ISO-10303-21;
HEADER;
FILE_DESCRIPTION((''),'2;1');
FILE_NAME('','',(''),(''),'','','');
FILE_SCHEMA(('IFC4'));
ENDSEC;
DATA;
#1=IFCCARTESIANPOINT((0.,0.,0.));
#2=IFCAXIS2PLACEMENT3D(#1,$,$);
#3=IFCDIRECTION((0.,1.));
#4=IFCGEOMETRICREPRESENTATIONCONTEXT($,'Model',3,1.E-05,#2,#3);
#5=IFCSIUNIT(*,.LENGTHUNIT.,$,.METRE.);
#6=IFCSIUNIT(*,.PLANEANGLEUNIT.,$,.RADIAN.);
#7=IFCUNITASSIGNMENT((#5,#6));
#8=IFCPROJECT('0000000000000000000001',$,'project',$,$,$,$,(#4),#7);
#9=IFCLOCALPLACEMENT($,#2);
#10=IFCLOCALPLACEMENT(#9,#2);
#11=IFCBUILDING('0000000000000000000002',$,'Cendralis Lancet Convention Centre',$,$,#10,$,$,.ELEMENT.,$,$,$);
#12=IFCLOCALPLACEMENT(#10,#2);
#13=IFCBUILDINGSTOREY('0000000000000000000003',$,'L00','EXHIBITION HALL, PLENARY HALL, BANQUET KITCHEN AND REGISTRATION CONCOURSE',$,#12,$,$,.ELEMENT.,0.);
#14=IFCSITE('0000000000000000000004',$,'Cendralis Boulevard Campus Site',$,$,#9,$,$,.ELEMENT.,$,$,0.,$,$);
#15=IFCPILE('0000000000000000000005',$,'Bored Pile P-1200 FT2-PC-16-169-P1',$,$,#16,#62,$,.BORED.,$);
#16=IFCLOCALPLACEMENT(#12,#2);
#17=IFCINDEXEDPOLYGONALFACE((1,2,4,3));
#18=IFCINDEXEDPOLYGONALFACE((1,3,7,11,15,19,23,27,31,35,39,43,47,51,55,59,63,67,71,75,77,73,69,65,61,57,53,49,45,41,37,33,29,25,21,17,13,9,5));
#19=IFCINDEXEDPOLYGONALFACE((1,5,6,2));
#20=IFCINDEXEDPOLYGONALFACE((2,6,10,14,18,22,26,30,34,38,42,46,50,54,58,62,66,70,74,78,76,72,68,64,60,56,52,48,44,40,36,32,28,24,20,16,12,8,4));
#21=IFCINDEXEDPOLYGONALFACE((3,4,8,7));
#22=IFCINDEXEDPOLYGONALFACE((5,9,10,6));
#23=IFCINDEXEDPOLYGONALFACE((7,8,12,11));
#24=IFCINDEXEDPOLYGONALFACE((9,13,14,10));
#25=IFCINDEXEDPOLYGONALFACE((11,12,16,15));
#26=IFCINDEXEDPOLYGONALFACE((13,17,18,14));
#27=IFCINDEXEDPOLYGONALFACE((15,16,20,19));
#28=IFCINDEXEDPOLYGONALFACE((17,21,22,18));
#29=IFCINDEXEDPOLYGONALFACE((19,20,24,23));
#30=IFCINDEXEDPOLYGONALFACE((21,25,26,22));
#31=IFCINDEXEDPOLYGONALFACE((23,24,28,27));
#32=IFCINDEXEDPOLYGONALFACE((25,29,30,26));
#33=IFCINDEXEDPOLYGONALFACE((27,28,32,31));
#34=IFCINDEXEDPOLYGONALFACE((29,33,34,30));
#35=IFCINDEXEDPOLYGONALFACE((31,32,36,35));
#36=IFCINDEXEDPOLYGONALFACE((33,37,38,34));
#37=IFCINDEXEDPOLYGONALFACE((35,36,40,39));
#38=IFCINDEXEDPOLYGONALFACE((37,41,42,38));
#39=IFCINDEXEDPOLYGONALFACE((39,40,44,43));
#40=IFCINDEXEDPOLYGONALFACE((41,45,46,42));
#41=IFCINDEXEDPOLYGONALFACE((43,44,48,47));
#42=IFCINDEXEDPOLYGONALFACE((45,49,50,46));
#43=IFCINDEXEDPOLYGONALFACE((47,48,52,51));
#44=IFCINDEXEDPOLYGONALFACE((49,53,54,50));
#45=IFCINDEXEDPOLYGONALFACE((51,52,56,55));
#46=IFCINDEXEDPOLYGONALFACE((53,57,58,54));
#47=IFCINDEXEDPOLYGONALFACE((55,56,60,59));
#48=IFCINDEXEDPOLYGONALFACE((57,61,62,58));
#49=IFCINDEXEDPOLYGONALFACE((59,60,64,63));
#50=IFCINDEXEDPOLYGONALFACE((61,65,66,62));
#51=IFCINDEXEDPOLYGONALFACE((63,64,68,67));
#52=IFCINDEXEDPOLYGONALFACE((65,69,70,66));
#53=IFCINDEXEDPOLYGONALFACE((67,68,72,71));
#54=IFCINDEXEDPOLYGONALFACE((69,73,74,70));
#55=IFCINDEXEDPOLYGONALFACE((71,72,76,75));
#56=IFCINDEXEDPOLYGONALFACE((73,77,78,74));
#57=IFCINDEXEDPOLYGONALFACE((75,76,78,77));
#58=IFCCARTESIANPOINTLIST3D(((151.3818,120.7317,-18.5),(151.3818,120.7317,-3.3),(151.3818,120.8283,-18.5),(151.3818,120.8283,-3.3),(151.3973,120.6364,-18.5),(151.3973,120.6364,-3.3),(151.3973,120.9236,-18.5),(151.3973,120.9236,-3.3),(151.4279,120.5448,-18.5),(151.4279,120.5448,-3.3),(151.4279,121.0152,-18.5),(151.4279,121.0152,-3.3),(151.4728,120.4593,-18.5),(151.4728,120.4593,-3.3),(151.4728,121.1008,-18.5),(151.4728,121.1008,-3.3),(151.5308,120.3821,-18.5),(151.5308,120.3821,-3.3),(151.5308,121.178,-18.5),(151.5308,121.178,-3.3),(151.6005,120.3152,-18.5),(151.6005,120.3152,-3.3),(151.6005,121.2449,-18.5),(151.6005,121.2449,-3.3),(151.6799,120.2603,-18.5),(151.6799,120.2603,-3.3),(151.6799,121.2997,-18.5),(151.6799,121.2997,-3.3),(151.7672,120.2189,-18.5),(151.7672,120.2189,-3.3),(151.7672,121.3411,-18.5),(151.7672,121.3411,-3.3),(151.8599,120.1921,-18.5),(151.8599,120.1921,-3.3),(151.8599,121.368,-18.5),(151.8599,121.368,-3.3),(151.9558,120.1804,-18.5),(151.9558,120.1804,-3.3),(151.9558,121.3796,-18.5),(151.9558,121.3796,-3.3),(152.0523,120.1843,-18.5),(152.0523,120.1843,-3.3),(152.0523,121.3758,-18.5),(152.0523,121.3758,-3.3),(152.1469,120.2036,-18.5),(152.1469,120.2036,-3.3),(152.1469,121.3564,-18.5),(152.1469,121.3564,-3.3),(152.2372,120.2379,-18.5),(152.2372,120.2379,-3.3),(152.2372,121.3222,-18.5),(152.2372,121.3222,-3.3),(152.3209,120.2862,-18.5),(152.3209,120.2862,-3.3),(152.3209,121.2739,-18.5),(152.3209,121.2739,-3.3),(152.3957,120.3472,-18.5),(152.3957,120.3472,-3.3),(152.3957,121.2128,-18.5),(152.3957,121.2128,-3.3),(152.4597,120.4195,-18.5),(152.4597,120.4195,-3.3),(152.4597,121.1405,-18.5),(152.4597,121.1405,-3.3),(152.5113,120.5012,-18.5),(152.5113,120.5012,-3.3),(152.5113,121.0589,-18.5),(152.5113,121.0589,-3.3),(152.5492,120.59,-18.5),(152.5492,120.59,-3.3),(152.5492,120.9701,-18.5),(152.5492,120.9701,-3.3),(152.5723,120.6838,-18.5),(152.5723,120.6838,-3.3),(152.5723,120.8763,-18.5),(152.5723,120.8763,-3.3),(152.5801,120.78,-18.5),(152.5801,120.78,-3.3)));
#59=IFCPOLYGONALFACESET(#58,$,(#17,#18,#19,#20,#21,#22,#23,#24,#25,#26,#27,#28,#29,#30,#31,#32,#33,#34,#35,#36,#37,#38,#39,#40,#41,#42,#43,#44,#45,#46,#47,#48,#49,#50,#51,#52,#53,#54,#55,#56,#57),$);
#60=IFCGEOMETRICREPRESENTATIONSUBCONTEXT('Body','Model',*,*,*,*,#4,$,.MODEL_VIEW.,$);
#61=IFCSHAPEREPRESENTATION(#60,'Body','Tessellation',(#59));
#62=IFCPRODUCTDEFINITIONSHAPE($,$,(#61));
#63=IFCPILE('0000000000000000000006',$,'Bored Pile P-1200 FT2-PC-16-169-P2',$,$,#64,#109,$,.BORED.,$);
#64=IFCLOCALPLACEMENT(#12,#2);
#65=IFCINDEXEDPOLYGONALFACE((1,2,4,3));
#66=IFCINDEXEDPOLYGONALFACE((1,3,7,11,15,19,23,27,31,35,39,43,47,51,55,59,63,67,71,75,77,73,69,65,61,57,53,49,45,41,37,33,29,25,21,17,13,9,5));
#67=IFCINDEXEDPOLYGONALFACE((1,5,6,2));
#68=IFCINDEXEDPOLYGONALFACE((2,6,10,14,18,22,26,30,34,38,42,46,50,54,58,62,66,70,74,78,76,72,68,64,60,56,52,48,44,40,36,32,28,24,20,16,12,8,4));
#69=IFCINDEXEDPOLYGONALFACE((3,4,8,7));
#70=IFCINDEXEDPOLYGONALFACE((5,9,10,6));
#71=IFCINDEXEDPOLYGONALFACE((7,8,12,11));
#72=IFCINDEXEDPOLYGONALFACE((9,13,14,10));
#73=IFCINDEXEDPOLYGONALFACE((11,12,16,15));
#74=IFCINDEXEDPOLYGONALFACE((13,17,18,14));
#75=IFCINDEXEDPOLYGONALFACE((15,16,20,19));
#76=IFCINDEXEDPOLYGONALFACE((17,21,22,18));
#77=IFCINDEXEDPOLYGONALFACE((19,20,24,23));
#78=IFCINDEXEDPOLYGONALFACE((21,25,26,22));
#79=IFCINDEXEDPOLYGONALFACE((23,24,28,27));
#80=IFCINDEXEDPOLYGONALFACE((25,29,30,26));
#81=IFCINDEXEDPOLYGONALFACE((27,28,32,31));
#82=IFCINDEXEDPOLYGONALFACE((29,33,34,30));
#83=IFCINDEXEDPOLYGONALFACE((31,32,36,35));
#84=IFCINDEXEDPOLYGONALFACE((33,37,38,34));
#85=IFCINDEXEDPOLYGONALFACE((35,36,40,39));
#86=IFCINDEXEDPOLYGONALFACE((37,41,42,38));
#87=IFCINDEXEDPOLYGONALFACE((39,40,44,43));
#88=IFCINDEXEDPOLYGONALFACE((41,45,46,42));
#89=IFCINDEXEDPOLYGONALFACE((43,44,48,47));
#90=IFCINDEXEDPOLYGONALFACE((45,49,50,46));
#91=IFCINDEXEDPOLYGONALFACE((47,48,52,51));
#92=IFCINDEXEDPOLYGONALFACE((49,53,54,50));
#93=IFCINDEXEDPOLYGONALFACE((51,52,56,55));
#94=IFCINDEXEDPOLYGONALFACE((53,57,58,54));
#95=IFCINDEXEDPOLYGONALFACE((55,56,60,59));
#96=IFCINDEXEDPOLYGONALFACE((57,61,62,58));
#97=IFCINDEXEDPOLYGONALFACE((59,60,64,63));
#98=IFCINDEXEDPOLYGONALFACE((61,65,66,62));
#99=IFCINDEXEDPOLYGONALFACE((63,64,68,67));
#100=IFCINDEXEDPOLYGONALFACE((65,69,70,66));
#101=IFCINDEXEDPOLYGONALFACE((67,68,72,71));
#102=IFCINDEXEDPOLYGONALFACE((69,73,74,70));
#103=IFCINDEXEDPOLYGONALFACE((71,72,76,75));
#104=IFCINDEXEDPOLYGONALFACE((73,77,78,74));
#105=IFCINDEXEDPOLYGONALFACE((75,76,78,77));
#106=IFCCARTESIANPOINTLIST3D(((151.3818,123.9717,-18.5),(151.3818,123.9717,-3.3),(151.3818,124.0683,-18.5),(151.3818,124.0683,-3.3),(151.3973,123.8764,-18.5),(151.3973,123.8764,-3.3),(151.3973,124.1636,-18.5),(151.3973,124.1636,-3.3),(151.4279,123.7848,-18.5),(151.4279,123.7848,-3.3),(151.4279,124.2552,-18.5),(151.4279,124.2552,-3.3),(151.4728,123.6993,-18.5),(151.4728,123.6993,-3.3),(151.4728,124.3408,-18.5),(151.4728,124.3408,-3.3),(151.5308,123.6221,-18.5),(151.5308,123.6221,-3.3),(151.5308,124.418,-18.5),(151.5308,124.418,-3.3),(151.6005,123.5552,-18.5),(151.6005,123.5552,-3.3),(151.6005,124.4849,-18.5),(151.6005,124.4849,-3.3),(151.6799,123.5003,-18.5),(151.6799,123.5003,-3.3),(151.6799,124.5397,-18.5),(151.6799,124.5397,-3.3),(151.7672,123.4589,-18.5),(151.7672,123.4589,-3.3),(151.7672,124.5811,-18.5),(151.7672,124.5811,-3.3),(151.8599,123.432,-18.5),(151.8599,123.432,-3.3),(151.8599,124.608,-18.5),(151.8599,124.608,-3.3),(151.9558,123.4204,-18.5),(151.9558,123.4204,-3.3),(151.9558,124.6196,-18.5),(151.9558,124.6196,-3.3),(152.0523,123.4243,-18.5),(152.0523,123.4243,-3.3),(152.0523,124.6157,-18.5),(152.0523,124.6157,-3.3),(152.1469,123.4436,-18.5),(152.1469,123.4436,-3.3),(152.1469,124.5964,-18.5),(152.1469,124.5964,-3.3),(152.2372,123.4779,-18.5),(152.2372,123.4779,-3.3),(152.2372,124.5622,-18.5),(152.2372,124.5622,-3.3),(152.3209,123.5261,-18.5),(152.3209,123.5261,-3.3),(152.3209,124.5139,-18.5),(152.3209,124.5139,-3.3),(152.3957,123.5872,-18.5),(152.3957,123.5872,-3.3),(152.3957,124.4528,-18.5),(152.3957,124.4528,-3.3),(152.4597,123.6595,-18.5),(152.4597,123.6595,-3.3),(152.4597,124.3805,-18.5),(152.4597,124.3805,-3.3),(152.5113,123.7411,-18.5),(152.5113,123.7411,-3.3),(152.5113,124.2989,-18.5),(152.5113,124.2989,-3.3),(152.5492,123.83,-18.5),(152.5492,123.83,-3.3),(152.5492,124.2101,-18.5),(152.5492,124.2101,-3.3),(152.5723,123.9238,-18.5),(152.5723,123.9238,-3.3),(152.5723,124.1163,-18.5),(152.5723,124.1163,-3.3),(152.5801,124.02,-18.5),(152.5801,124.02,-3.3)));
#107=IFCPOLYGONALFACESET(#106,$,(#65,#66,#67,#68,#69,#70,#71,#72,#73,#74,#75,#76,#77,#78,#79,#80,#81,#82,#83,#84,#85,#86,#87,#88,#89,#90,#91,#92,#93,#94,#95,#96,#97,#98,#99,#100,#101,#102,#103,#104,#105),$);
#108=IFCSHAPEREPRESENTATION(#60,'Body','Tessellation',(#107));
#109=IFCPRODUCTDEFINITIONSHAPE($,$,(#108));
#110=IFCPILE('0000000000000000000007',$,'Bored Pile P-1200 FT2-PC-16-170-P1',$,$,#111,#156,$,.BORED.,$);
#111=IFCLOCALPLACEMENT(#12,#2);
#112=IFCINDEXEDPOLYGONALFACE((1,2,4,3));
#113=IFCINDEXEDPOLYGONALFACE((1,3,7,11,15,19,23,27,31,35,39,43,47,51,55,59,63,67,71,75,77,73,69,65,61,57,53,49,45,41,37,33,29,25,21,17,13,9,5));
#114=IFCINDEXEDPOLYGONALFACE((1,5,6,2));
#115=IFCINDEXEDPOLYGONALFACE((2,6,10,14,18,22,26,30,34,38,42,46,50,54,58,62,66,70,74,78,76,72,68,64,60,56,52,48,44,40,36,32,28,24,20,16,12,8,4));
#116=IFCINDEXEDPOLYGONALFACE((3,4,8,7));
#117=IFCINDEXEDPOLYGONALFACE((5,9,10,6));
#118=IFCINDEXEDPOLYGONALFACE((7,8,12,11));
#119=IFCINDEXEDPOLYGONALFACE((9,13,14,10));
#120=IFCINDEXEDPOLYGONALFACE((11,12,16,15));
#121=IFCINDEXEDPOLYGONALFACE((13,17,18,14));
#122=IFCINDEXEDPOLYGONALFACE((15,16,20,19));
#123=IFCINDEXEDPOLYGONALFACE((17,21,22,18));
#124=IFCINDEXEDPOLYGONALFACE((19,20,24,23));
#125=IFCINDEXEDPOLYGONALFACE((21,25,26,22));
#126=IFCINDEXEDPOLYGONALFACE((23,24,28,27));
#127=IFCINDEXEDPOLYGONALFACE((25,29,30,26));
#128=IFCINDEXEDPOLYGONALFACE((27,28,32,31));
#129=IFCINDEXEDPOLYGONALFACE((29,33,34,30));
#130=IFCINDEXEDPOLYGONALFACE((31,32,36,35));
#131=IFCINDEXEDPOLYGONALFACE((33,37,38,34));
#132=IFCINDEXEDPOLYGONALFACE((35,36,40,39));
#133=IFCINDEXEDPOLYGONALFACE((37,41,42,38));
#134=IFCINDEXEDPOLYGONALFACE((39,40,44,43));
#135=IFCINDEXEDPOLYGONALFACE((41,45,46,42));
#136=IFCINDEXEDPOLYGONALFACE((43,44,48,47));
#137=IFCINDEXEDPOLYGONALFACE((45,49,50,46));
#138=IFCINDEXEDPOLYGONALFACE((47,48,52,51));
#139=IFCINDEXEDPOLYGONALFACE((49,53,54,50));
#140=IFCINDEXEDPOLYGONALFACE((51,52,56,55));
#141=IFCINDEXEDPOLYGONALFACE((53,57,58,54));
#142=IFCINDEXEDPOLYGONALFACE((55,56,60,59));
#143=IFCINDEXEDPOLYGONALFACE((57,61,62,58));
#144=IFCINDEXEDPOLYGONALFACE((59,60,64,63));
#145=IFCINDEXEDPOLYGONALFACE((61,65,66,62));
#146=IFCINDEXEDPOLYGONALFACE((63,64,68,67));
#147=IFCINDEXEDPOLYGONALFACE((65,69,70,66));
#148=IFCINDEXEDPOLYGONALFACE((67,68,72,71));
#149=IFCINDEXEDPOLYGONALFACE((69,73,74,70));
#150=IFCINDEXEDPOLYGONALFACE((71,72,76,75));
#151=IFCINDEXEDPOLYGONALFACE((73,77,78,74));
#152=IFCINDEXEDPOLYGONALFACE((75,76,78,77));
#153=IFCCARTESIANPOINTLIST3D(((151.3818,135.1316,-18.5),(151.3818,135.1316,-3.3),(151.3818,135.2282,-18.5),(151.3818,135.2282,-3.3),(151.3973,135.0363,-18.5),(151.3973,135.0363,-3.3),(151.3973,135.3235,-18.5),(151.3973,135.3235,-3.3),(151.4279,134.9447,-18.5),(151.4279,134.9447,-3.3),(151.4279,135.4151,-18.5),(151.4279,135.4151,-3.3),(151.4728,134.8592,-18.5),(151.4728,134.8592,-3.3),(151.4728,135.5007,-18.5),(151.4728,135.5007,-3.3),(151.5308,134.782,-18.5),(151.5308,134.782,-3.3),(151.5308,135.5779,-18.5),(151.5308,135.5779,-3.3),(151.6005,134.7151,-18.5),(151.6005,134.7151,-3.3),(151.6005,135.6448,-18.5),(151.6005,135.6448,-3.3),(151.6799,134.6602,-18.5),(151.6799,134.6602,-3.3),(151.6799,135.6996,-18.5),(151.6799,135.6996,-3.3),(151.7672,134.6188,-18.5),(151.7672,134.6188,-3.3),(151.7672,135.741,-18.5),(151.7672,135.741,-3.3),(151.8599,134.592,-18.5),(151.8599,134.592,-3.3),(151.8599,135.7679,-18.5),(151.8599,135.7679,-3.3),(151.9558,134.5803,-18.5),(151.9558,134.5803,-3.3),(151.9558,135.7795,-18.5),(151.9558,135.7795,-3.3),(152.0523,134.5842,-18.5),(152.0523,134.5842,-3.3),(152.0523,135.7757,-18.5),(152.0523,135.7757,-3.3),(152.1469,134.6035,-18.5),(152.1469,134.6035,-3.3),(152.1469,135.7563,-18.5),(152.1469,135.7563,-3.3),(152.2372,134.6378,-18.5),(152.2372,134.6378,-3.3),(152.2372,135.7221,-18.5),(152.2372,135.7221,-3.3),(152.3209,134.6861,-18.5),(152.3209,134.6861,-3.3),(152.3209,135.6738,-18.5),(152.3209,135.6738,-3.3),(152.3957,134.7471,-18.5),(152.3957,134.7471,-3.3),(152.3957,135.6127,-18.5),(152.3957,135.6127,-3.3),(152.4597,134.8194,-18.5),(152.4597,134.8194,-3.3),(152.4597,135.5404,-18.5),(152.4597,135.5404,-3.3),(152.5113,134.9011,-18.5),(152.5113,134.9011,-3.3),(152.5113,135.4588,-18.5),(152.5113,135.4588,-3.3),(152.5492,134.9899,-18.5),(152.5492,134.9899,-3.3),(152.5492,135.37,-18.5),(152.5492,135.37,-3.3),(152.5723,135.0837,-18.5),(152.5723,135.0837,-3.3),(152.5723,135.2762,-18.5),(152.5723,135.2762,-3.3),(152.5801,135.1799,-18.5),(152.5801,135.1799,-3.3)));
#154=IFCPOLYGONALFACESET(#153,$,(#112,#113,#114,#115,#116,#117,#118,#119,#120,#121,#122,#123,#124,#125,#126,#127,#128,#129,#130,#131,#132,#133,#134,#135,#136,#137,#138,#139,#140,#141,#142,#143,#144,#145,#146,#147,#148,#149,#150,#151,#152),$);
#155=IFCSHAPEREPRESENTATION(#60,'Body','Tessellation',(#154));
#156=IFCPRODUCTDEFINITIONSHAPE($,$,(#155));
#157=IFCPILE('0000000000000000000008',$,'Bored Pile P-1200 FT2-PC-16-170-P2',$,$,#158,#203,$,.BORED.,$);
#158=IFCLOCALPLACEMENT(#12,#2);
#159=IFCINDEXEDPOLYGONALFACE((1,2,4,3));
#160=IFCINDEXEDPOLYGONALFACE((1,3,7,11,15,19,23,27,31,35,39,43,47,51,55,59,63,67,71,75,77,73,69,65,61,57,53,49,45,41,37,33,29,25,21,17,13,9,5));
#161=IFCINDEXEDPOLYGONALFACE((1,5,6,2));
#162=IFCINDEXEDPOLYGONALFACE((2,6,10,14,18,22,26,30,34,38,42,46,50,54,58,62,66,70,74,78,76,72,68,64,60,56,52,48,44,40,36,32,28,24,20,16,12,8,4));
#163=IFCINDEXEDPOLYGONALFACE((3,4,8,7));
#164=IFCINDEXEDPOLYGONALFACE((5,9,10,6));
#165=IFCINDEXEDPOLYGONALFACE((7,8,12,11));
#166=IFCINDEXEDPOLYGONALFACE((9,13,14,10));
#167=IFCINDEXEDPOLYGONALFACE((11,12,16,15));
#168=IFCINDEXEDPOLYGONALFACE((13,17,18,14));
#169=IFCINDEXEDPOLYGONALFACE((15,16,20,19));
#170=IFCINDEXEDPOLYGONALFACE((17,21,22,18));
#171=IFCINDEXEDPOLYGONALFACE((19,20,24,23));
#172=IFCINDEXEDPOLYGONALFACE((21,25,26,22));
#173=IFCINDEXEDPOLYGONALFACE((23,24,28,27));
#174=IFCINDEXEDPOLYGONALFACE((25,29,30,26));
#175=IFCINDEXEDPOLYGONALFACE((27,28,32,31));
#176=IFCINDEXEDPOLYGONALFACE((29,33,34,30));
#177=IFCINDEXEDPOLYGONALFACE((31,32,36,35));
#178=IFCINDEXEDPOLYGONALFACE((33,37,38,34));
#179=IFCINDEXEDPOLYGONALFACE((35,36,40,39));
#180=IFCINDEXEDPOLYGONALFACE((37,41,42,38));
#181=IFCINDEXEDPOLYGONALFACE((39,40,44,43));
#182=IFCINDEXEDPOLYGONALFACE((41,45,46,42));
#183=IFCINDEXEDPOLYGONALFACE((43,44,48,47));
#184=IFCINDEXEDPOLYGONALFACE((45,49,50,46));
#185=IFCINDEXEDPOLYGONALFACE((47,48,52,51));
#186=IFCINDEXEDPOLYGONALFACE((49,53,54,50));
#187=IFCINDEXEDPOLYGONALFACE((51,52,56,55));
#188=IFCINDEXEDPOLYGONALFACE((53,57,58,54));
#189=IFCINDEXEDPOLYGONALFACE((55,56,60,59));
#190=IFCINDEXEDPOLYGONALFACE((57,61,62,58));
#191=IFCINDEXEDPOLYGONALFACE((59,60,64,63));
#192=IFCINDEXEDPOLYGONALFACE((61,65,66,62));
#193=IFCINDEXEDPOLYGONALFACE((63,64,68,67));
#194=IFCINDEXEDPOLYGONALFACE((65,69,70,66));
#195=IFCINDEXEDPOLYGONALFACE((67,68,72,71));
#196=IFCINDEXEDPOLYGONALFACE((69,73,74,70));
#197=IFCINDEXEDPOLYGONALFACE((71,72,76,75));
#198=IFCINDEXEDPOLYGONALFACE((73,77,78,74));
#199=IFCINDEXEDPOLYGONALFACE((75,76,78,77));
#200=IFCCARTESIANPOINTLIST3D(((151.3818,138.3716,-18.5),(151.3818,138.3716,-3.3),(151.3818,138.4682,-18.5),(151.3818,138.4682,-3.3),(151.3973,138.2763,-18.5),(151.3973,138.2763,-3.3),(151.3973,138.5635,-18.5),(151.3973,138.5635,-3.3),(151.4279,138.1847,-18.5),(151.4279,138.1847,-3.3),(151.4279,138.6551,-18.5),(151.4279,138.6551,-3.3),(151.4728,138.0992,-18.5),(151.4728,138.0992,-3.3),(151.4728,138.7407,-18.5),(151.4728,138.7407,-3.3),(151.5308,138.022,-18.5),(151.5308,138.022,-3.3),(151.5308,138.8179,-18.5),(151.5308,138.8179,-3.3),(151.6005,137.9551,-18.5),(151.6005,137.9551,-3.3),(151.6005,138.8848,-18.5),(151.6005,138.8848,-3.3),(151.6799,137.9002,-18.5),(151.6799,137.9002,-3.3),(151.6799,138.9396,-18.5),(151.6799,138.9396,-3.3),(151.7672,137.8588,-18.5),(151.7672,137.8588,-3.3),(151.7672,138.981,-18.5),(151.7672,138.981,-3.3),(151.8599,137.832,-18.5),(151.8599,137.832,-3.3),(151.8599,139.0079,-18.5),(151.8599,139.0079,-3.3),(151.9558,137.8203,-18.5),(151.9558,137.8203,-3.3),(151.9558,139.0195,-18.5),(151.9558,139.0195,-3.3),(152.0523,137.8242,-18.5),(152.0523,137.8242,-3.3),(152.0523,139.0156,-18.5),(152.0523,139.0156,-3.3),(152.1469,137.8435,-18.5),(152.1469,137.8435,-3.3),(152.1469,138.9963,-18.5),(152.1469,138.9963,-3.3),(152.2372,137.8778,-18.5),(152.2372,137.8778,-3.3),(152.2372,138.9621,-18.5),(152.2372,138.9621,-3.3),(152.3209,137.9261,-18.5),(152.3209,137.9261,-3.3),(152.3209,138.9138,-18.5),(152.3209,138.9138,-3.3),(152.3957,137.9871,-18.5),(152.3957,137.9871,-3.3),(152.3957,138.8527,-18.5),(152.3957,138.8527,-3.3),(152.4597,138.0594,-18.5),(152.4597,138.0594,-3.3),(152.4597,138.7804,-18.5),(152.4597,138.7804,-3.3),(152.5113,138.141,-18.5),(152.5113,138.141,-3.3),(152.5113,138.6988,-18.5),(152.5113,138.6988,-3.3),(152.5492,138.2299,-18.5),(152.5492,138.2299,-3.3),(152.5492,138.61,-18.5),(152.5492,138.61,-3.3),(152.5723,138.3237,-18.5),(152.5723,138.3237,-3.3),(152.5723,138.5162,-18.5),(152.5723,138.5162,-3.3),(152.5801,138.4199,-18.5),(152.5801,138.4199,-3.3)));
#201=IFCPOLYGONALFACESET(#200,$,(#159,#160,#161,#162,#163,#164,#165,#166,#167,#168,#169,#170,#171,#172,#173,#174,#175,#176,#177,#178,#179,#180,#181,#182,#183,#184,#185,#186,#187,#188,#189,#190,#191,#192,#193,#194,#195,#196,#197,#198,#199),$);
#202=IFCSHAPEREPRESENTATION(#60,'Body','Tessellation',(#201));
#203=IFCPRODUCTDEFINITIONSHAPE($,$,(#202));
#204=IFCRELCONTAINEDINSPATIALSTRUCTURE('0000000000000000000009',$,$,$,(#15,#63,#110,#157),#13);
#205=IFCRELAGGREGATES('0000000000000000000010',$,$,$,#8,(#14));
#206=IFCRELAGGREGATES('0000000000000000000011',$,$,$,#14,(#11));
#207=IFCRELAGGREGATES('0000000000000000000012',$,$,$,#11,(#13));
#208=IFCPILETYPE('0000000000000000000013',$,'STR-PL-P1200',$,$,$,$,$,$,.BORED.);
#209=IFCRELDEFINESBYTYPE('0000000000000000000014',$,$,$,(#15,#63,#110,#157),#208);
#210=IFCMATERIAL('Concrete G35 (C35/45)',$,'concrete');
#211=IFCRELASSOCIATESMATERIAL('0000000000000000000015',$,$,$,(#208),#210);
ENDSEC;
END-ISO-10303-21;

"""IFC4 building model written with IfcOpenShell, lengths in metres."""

from ifc_helpers import new_model, si_unit, direction, frame, origin, origin_2d, place, context, subcontext, project, spatial, circle, extrude, material, material_profile, profile_set, type_object, element, save


model = new_model("IFC4")

# Units and contexts
model_context = context("Model", 3, precision=1e-05, world=origin(), true_north=direction((0.0, 1.0)))
body_context = subcontext(model_context, "Body", "Model", "MODEL_VIEW")
ifc_project = project(units=[si_unit("LENGTHUNIT", "METRE"), si_unit("PLANEANGLEUNIT", "RADIAN")], contexts=[model_context])

# Site, building, storey
site_placement = place(None, origin())
site = spatial("IfcSite", under=ifc_project, at=site_placement, Name="Cendralis Boulevard Campus Site", CompositionType="ELEMENT", RefElevation=0.0)
building_placement = place(site_placement, origin())
building = spatial("IfcBuilding", under=site, at=building_placement, Name="Cendralis Lancet Convention Centre", CompositionType="ELEMENT")
storey_placement = place(building_placement, origin())
storey = spatial("IfcBuildingStorey", under=building, at=storey_placement, Name="L00", Description="EXHIBITION HALL, PLENARY HALL, BANQUET KITCHEN AND REGISTRATION CONCOURSE", CompositionType="ELEMENT", Elevation=0.0)

# Shared definitions
ifc_material_1 = material(Name="Concrete G35 (C35/45)", Category="concrete")

# Piles
ifc_material_profile_1 = material_profile(ifc_material_1, circle(Radius=0.6001, at=origin_2d()), Name="BORED PILE D1200")
ifc_profile_set_1 = profile_set([ifc_material_profile_1], Name="Concrete G35 (C35/45)")
pile_type_1 = type_object("IfcPileType", Name="STR-PL-P1200", PredefinedType="BORED", material=ifc_profile_set_1)
for number, where, z_axis, x_axis, name in (
    (1, (151.98, 120.78, -3.3), (0.0, 0.0, -1.0), (1.0, 0.0, 0.0), "Bored Pile P-1200 FT2-PC-16-169-P1"),
    (2, (151.98, 124.02, -3.3), (0.0, 0.0, -1.0), (1.0, 0.0, 0.0), "Bored Pile P-1200 FT2-PC-16-169-P2"),
    (3, (151.98, 135.1799, -3.3), (0.0, 0.0, -1.0), (1.0, 0.0, 0.0), "Bored Pile P-1200 FT2-PC-16-170-P1"),
    (4, (151.98, 138.4199, -3.3), (0.0, 0.0, -1.0), (1.0, 0.0, 0.0), "Bored Pile P-1200 FT2-PC-16-170-P2"),
):
    element("IfcPile", number, at=place(storey_placement, frame(where, z_axis=z_axis, x_axis=x_axis)), inside=storey, type_object=pile_type_1, Name=name, PredefinedType="BORED", context=body_context, shape_type="SweptSolid", body=[
        extrude(circle(Radius=0.6001, at=origin_2d()), origin(), (0.0, 0.0, 1.0), 15.2),
    ])

save(model, "model.ifc")
